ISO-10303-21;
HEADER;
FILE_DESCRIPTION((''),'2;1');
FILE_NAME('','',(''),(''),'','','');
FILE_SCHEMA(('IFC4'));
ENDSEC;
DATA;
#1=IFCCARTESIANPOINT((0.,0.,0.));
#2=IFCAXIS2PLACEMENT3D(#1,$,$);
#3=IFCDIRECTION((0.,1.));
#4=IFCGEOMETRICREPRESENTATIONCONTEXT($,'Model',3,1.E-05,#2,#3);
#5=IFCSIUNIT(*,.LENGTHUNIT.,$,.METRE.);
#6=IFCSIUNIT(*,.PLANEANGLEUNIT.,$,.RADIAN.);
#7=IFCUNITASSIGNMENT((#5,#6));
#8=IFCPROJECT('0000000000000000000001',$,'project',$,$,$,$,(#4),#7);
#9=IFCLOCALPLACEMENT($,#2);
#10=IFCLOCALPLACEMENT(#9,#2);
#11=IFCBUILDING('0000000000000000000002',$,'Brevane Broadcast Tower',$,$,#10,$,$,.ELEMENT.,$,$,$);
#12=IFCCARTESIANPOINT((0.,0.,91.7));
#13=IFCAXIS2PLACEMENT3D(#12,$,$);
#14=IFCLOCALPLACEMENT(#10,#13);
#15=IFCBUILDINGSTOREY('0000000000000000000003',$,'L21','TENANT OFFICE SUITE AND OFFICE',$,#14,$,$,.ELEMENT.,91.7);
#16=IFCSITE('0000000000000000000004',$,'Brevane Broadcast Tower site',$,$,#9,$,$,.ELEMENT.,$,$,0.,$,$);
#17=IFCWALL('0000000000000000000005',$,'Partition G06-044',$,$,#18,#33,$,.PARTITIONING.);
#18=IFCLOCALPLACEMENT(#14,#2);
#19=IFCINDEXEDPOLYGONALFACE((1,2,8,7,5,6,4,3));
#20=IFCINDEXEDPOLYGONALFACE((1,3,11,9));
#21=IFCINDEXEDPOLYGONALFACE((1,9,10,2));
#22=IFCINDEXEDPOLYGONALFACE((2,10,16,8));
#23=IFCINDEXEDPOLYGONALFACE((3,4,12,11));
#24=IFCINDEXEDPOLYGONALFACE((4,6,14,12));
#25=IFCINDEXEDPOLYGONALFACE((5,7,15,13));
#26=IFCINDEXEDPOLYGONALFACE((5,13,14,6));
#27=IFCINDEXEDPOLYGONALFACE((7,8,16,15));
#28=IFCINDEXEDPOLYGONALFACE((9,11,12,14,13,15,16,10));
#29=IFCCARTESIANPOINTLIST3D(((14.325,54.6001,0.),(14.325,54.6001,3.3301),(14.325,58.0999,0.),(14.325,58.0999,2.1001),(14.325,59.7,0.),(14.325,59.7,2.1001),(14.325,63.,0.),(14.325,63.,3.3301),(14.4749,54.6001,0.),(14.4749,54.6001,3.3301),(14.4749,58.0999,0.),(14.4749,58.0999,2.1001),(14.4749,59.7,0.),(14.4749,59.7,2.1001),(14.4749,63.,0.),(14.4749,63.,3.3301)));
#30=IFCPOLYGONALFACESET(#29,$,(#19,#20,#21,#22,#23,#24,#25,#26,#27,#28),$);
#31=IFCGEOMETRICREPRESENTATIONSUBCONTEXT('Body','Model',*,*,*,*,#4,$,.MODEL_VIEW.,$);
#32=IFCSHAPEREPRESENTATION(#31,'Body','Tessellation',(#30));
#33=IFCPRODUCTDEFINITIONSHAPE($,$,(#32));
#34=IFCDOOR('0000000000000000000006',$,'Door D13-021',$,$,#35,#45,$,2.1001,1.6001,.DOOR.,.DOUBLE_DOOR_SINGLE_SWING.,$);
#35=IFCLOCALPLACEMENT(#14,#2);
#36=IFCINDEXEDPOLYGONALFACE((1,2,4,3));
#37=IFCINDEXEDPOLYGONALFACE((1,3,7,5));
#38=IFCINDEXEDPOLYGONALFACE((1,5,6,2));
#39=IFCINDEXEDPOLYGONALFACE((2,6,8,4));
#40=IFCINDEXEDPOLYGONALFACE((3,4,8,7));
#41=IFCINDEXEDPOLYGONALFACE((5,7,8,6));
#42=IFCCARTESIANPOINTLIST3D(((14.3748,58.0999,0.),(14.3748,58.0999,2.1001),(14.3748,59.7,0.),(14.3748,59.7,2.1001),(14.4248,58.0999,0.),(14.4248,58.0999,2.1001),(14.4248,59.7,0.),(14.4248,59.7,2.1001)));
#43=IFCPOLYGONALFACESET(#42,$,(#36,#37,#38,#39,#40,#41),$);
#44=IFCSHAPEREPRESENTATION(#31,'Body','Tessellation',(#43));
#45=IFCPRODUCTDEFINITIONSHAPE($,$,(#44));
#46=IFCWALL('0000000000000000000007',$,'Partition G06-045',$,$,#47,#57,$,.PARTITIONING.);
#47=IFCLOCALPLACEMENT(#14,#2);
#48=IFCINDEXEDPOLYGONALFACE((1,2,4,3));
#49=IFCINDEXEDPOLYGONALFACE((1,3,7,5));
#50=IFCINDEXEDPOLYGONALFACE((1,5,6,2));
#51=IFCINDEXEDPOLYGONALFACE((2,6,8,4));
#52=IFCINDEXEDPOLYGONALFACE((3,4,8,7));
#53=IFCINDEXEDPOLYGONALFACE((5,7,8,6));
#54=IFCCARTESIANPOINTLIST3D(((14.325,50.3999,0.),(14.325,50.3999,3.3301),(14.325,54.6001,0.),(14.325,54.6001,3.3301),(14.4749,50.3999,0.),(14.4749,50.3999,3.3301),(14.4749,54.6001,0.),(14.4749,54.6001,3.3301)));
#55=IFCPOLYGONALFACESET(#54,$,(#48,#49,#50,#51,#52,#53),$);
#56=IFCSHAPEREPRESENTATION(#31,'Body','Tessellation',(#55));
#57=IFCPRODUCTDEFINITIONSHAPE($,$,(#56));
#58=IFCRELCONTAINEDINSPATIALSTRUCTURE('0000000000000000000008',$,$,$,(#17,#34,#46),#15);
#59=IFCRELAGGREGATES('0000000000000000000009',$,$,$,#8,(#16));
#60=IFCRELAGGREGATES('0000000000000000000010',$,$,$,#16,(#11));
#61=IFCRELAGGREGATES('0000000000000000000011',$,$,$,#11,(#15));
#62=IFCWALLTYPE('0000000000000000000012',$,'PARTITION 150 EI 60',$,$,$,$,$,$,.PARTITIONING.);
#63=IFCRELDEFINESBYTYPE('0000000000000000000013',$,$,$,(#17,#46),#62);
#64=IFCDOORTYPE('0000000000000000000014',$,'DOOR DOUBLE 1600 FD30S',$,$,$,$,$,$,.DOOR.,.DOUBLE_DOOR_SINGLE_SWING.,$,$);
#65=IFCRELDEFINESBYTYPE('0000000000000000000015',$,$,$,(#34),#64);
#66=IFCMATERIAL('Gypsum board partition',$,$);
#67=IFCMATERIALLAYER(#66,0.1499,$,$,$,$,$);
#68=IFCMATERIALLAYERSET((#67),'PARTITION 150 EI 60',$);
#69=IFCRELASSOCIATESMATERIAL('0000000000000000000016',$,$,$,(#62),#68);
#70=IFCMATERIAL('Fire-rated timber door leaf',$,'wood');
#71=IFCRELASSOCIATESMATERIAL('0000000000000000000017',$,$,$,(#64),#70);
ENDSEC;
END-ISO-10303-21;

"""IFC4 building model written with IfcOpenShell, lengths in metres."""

from ifc_helpers import new_model, si_unit, direction, frame, frame_2d, origin, place, context, subcontext, project, spatial, rectangle, extrude, material, layer, layer_set, type_object, element, fill, save


model = new_model("IFC4")

# Units and contexts
model_context = context("Model", 3, precision=1e-05, world=origin(), true_north=direction((0.0, 1.0)))
body_context = subcontext(model_context, "Body", "Model", "MODEL_VIEW")
ifc_project = project(units=[si_unit("LENGTHUNIT", "METRE"), si_unit("PLANEANGLEUNIT", "RADIAN")], contexts=[model_context])

# Site, building, storey
site_placement = place(None, origin())
site = spatial("IfcSite", under=ifc_project, at=site_placement, Name="Brevane Broadcast Tower site", CompositionType="ELEMENT", RefElevation=0.0)
building_placement = place(site_placement, origin())
building = spatial("IfcBuilding", under=site, at=building_placement, Name="Brevane Broadcast Tower", CompositionType="ELEMENT")
storey_placement = place(building_placement, frame((0.0, 0.0, 91.7)))
storey = spatial("IfcBuildingStorey", under=building, at=storey_placement, Name="L21", Description="TENANT OFFICE SUITE AND OFFICE", CompositionType="ELEMENT", Elevation=91.7)

# Shared definitions
ifc_material_1 = material(Name="Gypsum board partition")

# Shared definitions
ifc_layer_1 = layer(ifc_material_1, 0.1499)
ifc_layer_set_1 = layer_set([ifc_layer_1], Name="PARTITION 150 EI 60")
wall_type_1 = type_object("IfcWallType", Name="PARTITION 150 EI 60", PredefinedType="PARTITIONING", material=ifc_layer_set_1)
ifc_material_2 = material(Name="Fire-rated timber door leaf", Category="wood")
door_type_1 = type_object("IfcDoorType", Name="DOOR DOUBLE 1600 FD30S", OperationType="DOUBLE_DOOR_SINGLE_SWING", PredefinedType="DOOR", material=ifc_material_2)

# Wall, opening, door
wall_1_placement = place(storey_placement, frame((14.3999, 63.0, 0.0), z_axis=(0.0, 0.0, 1.0), x_axis=(0.0, -1.0, 0.0)))
wall_1 = element("IfcWall", 1, at=wall_1_placement, inside=storey, type_object=wall_type_1, Name="Partition G06-044", PredefinedType="PARTITIONING", context=body_context, shape_type="SweptSolid", body=[
    extrude(rectangle(XDim=8.3999, YDim=0.1499, at=frame_2d((4.2, 0.0))), origin(), (0.0, 0.0, 1.0), 3.3301),
])
opening_1_placement = place(wall_1_placement, frame((3.3, 0.0, 0.0)))
opening_1 = element("IfcOpeningElement", 2, at=opening_1_placement, cuts=wall_1, PredefinedType="OPENING", context=body_context, shape_type="SweptSolid", body=[
    extrude(rectangle(XDim=1.6001, YDim=2.1001, at=frame_2d((0.8, 1.05))), frame((0.0, 0.085, 0.0), z_axis=(0.0, -1.0, 0.0), x_axis=(1.0, 0.0, 0.0)), (0.0, 0.0, 1.0), 0.1699),
])
door_1_placement = place(opening_1_placement, origin())
door_1 = element("IfcDoor", 3, at=door_1_placement, inside=storey, type_object=door_type_1, Name="Door D13-021", OperationType="DOUBLE_DOOR_SINGLE_SWING", OverallHeight=2.1001, OverallWidth=1.6001, PredefinedType="DOOR", context=body_context, shape_type="SweptSolid", body=[
    extrude(rectangle(XDim=1.6001, YDim=2.1001, at=frame_2d((0.8, 1.05))), frame((0.0, 0.0249, 0.0), z_axis=(0.0, -1.0, 0.0), x_axis=(1.0, 0.0, 0.0)), (0.0, 0.0, 1.0), 0.05),
])
fill(opening_1, door_1)

# Wall
wall_2_placement = place(storey_placement, frame((14.3999, 54.6001, 0.0), z_axis=(0.0, 0.0, 1.0), x_axis=(0.0, -1.0, 0.0)))
element("IfcWall", 4, at=wall_2_placement, inside=storey, type_object=wall_type_1, Name="Partition G06-045", PredefinedType="PARTITIONING", context=body_context, shape_type="SweptSolid", body=[
    extrude(rectangle(XDim=4.2002, YDim=0.1499, at=frame_2d((2.1001, 0.0))), origin(), (0.0, 0.0, 1.0), 3.3301),
])

save(model, "model.ifc")
